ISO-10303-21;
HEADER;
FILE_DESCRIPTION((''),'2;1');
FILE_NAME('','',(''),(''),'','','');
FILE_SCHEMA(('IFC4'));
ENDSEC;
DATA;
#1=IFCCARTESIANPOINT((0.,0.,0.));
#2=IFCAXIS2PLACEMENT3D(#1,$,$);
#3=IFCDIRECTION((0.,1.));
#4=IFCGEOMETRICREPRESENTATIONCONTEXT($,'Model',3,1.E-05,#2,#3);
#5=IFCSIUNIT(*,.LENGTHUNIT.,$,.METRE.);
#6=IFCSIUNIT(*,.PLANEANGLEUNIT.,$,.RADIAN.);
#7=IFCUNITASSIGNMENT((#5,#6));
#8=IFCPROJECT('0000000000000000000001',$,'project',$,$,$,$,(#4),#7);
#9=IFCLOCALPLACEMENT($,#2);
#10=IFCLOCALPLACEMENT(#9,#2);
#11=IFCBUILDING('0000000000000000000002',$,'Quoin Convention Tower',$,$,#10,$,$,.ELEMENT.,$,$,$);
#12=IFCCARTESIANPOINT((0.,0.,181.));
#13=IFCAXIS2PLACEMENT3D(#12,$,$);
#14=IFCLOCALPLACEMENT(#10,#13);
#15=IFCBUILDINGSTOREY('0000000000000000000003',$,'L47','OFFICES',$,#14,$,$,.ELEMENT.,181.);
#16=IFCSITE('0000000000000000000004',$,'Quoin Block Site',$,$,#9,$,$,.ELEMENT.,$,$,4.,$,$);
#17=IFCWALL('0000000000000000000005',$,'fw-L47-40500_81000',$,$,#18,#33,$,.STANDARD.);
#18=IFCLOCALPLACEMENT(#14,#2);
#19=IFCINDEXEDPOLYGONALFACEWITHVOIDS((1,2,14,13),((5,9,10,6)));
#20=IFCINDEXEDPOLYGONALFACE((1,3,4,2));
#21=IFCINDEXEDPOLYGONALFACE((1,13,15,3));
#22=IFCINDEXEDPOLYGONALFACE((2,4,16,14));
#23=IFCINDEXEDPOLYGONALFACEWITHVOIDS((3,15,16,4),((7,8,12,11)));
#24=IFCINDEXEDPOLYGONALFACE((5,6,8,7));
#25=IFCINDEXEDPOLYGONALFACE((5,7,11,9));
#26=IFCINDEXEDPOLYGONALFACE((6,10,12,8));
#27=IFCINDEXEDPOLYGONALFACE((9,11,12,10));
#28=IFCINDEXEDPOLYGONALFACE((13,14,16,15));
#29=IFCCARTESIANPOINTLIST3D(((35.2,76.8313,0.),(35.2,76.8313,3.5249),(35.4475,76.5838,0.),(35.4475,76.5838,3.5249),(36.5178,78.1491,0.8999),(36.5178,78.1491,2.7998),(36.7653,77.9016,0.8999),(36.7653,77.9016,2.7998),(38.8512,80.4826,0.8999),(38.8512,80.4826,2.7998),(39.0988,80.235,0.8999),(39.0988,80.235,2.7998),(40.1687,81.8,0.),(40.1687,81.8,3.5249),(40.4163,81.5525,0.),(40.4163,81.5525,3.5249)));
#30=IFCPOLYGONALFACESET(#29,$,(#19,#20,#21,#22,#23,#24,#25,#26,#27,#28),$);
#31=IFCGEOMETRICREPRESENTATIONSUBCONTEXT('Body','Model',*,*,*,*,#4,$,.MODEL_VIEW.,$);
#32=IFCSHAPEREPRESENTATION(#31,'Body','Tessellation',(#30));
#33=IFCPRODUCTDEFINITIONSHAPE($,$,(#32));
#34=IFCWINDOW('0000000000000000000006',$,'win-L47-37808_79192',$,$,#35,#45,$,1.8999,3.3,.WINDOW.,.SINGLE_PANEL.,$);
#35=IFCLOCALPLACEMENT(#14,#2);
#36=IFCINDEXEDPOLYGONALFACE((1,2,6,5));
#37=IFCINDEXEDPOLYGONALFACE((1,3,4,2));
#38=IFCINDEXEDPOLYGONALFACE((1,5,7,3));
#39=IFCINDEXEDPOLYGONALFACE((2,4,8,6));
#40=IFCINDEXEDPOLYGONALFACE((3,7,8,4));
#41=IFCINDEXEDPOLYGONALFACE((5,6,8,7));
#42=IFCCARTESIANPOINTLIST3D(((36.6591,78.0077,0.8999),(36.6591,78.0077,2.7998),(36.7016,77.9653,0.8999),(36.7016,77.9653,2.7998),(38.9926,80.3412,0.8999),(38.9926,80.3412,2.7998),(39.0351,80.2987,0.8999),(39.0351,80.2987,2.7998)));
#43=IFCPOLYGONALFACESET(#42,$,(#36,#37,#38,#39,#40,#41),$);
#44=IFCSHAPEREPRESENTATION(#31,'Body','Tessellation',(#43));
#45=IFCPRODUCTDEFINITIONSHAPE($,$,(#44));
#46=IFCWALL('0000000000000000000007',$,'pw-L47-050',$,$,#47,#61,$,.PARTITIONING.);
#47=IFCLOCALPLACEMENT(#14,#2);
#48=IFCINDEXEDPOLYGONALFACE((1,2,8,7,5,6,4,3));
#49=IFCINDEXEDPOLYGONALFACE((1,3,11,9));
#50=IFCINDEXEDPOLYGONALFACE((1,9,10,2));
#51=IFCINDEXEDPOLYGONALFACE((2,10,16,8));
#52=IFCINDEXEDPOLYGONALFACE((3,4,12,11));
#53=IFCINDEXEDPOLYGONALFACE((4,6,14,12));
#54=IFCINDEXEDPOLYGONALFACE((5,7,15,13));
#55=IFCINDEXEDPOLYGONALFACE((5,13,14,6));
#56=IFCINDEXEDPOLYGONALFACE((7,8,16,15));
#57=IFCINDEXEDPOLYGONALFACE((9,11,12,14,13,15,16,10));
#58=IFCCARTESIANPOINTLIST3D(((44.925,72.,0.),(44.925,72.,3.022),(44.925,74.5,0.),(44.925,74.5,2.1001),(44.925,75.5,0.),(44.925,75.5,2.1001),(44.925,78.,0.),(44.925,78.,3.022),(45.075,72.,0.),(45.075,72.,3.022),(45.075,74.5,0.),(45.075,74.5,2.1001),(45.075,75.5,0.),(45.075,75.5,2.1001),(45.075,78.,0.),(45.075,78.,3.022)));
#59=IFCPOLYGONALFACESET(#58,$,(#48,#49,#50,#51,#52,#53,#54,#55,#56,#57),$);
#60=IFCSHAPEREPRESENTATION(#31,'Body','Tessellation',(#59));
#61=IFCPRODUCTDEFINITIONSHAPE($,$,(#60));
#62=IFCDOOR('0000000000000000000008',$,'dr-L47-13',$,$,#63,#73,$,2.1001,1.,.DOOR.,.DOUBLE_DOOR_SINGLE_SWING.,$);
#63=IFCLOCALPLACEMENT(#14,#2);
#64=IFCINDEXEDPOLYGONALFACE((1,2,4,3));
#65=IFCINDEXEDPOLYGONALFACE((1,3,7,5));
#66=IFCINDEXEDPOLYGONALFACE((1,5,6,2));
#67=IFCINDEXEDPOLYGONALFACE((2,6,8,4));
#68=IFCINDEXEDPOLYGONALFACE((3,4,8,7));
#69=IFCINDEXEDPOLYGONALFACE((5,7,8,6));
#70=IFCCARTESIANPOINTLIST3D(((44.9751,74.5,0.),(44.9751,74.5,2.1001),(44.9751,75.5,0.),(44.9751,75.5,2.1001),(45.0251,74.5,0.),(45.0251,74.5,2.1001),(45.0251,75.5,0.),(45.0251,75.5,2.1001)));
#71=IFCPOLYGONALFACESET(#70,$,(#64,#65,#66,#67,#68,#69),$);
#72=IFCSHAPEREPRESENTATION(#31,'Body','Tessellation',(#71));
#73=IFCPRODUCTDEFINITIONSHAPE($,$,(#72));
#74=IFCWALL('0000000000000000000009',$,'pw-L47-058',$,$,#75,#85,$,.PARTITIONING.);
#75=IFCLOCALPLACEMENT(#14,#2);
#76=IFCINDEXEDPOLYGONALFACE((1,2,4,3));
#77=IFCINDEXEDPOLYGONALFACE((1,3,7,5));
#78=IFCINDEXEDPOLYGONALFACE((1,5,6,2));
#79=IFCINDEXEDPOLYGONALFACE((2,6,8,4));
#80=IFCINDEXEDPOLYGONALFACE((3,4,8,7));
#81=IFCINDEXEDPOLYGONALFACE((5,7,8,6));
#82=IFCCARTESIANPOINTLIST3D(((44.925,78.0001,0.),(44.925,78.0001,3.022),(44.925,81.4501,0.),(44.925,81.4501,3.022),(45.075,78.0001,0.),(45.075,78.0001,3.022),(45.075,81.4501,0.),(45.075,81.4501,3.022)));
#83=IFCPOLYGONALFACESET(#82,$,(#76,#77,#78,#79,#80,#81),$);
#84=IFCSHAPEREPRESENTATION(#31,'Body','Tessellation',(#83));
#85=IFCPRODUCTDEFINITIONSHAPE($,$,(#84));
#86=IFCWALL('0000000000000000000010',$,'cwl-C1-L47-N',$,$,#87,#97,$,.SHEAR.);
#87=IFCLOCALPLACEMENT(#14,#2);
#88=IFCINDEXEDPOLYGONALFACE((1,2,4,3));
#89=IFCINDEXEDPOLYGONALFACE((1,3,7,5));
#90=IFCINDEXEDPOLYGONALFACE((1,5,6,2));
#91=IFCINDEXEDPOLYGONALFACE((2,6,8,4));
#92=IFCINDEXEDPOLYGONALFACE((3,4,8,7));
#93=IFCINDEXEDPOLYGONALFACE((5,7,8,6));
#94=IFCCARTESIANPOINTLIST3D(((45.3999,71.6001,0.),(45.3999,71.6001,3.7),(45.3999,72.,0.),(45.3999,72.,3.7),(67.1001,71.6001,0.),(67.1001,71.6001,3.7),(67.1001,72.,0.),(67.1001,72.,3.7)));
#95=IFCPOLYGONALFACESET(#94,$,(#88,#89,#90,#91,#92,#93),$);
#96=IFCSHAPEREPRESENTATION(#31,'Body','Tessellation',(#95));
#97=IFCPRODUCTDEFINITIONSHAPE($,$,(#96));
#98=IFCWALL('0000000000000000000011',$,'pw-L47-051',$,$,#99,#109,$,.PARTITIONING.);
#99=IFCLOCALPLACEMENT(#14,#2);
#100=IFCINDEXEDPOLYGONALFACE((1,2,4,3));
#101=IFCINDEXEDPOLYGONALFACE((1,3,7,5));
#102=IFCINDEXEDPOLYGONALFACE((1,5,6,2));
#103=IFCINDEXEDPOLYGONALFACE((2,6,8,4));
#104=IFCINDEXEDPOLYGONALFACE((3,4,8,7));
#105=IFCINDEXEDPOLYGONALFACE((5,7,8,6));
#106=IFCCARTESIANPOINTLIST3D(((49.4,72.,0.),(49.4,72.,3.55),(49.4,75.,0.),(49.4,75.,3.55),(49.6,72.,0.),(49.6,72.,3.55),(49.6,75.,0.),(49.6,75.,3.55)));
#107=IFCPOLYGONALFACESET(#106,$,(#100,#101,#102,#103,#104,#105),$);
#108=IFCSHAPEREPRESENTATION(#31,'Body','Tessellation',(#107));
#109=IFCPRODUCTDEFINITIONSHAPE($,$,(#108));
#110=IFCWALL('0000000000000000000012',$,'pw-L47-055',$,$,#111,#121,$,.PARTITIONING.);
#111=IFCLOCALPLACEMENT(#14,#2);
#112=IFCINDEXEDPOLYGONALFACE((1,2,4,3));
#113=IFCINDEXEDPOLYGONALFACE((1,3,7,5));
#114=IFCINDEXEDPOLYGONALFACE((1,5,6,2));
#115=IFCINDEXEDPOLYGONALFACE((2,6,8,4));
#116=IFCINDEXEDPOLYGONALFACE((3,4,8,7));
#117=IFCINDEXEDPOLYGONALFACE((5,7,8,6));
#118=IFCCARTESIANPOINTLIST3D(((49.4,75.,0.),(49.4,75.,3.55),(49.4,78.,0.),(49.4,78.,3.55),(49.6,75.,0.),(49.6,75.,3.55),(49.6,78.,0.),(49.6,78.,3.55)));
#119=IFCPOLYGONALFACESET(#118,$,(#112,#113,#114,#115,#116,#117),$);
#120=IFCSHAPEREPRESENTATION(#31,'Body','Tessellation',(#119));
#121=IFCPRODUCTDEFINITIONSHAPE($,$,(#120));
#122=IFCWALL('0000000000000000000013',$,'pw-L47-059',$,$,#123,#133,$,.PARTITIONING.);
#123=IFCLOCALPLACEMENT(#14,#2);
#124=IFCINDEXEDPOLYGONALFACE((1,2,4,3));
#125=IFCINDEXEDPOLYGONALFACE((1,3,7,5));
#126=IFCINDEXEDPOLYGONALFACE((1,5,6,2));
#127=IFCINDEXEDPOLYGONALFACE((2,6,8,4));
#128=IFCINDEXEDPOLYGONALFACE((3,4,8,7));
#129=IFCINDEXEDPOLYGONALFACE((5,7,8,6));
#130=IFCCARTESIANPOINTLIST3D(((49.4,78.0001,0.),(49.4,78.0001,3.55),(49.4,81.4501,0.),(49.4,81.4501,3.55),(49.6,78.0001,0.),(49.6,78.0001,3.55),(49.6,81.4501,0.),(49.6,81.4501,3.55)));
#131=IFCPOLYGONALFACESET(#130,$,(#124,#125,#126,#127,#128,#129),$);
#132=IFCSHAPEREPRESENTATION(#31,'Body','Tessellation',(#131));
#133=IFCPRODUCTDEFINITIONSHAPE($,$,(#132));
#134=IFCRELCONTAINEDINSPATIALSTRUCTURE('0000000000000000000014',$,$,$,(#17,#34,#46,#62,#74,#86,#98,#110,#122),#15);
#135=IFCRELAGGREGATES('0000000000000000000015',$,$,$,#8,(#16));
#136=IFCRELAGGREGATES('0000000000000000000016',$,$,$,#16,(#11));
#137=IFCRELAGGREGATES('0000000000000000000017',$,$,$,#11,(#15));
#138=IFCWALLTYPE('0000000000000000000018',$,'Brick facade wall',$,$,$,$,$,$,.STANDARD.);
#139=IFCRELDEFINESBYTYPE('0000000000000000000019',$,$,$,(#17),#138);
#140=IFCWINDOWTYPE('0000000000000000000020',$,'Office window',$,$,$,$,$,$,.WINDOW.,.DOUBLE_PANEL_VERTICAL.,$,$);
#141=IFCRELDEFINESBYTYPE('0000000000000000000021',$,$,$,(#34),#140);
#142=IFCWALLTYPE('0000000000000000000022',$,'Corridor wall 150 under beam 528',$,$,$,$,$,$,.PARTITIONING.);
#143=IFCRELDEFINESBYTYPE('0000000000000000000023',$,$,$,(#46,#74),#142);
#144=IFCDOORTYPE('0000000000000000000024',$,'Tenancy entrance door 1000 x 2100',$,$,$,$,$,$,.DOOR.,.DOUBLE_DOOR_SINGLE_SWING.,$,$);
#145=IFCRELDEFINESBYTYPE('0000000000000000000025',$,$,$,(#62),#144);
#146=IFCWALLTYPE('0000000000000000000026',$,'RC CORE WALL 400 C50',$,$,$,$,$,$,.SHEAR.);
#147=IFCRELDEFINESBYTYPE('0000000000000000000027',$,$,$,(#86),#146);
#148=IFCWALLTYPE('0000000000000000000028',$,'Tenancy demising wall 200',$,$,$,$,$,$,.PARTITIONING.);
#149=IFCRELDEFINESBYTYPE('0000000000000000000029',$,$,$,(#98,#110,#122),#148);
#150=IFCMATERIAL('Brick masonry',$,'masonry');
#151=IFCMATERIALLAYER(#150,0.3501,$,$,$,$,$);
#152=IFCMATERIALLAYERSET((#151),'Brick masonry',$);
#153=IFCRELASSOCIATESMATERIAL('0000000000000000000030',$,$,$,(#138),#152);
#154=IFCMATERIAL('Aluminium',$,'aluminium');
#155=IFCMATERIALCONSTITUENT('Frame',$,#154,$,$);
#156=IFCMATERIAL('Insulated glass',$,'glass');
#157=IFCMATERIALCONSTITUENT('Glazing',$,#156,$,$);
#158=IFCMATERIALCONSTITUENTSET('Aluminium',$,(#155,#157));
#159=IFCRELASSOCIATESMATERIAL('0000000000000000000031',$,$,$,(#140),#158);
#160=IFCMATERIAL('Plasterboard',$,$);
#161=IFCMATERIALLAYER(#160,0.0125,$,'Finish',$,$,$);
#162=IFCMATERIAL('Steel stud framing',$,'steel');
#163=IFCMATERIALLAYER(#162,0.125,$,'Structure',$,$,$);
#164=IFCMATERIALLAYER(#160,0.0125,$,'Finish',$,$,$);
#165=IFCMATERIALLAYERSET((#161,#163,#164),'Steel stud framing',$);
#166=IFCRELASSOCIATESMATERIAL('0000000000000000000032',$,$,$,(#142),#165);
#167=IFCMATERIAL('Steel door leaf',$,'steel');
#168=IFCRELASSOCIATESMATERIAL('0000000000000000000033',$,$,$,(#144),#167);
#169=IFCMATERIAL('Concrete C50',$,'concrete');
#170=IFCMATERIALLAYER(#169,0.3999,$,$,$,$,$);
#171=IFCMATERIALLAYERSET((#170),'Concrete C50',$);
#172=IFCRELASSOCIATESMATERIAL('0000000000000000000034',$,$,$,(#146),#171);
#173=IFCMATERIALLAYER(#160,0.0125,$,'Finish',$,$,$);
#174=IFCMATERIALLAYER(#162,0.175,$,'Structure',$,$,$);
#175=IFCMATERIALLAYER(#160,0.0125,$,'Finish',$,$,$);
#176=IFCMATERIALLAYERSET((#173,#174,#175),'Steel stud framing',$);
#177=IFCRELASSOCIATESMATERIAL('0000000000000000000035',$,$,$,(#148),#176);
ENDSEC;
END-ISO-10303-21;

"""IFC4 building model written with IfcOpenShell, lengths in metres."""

from ifc_helpers import new_model, si_unit, direction, frame, frame_2d, origin, place, context, subcontext, project, spatial, rectangle, extrude, material, layer, layer_set, constituent, constituent_set, type_object, element, fill, save


model = new_model("IFC4")

# Units and contexts
model_context = context("Model", 3, precision=1e-05, world=origin(), true_north=direction((0.0, 1.0)))
body_context = subcontext(model_context, "Body", "Model", "MODEL_VIEW")
ifc_project = project(units=[si_unit("LENGTHUNIT", "METRE"), si_unit("PLANEANGLEUNIT", "RADIAN")], contexts=[model_context])

# Site, building, storey
site_placement = place(None, origin())
site = spatial("IfcSite", under=ifc_project, at=site_placement, Name="Quoin Block Site", CompositionType="ELEMENT", RefElevation=4.0)
building_placement = place(site_placement, origin())
building = spatial("IfcBuilding", under=site, at=building_placement, Name="Quoin Convention Tower", CompositionType="ELEMENT")
storey_placement = place(building_placement, frame((0.0, 0.0, 181.0)))
storey = spatial("IfcBuildingStorey", under=building, at=storey_placement, Name="L47", Description="OFFICES", CompositionType="ELEMENT", Elevation=181.0)

# Shared definitions
ifc_material_1 = material(Name="Concrete C50", Category="concrete")

# Shared definitions
ifc_material_2 = material(Name="Plasterboard")
ifc_material_3 = material(Name="Steel stud framing", Category="steel")
ifc_material_4 = material(Name="Steel door leaf", Category="steel")

# Wall, opening, window
ifc_material_5 = material(Name="Brick masonry", Category="masonry")
ifc_layer_1 = layer(ifc_material_5, 0.3501)
ifc_layer_set_1 = layer_set([ifc_layer_1], Name="Brick masonry")
wall_type_1 = type_object("IfcWallType", Name="Brick facade wall", PredefinedType="STANDARD", material=ifc_layer_set_1)
wall_1_placement = place(storey_placement, frame((40.2925, 81.6763, 0.0), z_axis=(0.0, 0.0, 1.0), x_axis=(-0.707107, -0.707107, 0.0)))
wall_1 = element("IfcWall", 1, at=wall_1_placement, inside=storey, type_object=wall_type_1, Name="fw-L47-40500_81000", PredefinedType="STANDARD", context=body_context, shape_type="SweptSolid", body=[
    extrude(rectangle(XDim=7.0269, YDim=0.3501, at=frame_2d((3.5134, 0.0))), origin(), (0.0, 0.0, 1.0), 3.5249),
])
opening_1_placement = place(wall_1_placement, frame((1.8633, 0.0, 0.8999)))
opening_1 = element("IfcOpeningElement", 2, at=opening_1_placement, cuts=wall_1, PredefinedType="OPENING", context=body_context, shape_type="SweptSolid", body=[
    extrude(rectangle(XDim=3.3, YDim=1.8999, at=frame_2d((1.6499, 0.95))), frame((0.0, 0.1851, 0.0), z_axis=(0.0, -1.0, 0.0), x_axis=(1.0, 0.0, 0.0)), (0.0, 0.0, 1.0), 0.3701),
])
ifc_material_6 = material(Name="Aluminium", Category="aluminium")
ifc_constituent_1 = constituent(ifc_material_6, Name="Frame")
ifc_material_7 = material(Name="Insulated glass", Category="glass")
ifc_constituent_2 = constituent(ifc_material_7, Name="Glazing")
ifc_constituent_set = constituent_set(constituents=[ifc_constituent_1, ifc_constituent_2], Name="Aluminium")
window_type = type_object("IfcWindowType", Name="Office window", PartitioningType="DOUBLE_PANEL_VERTICAL", PredefinedType="WINDOW", material=ifc_constituent_set)
window_placement = place(opening_1_placement, origin())
window = element("IfcWindow", 3, at=window_placement, inside=storey, type_object=window_type, Name="win-L47-37808_79192", OverallHeight=1.8999, OverallWidth=3.3, PartitioningType="SINGLE_PANEL", PredefinedType="WINDOW", context=body_context, shape_type="SweptSolid", body=[
    extrude(rectangle(XDim=3.3, YDim=1.8999, at=frame_2d((1.6499, 0.95))), frame((0.0, 0.085, 0.0), z_axis=(0.0, -1.0, 0.0), x_axis=(1.0, 0.0, 0.0)), (0.0, 0.0, 1.0), 0.0601),
])
fill(opening_1, window)

# Wall, opening, door
ifc_layer_2 = layer(ifc_material_2, 0.0125, Name="Finish")
ifc_layer_3 = layer(ifc_material_3, 0.125, Name="Structure")
ifc_layer_4 = layer(ifc_material_2, 0.0125, Name="Finish")
ifc_layer_set_2 = layer_set([ifc_layer_2, ifc_layer_3, ifc_layer_4], Name="Steel stud framing")
wall_type_2 = type_object("IfcWallType", Name="Corridor wall 150 under beam 528", PredefinedType="PARTITIONING", material=ifc_layer_set_2)
wall_2_placement = place(storey_placement, frame((45.0, 72.0, 0.0), z_axis=(0.0, 0.0, 1.0), x_axis=(0.0, 1.0, 0.0)))
wall_2 = element("IfcWall", 4, at=wall_2_placement, inside=storey, type_object=wall_type_2, Name="pw-L47-050", PredefinedType="PARTITIONING", context=body_context, shape_type="SweptSolid", body=[
    extrude(rectangle(XDim=6.0, YDim=0.1499, at=frame_2d((3.0, 0.0))), origin(), (0.0, 0.0, 1.0), 3.022),
])
opening_2_placement = place(wall_2_placement, frame((2.5, 0.0, 0.0)))
opening_2 = element("IfcOpeningElement", 5, at=opening_2_placement, cuts=wall_2, PredefinedType="OPENING", context=body_context, shape_type="SweptSolid", body=[
    extrude(rectangle(XDim=1.0, YDim=2.1001, at=frame_2d((0.5, 1.05))), frame((0.0, 0.085, 0.0), z_axis=(0.0, -1.0, 0.0), x_axis=(1.0, 0.0, 0.0)), (0.0, 0.0, 1.0), 0.1699),
])
door_type_1 = type_object("IfcDoorType", Name="Tenancy entrance door 1000 x 2100", OperationType="DOUBLE_DOOR_SINGLE_SWING", PredefinedType="DOOR", material=ifc_material_4)
door_1_placement = place(opening_2_placement, origin())
door_1 = element("IfcDoor", 6, at=door_1_placement, inside=storey, type_object=door_type_1, Name="dr-L47-13", OperationType="DOUBLE_DOOR_SINGLE_SWING", OverallHeight=2.1001, OverallWidth=1.0, PredefinedType="DOOR", context=body_context, shape_type="SweptSolid", body=[
    extrude(rectangle(XDim=1.0, YDim=2.1001, at=frame_2d((0.5, 1.05))), frame((0.0, 0.0249, 0.0), z_axis=(0.0, -1.0, 0.0), x_axis=(1.0, 0.0, 0.0)), (0.0, 0.0, 1.0), 0.05),
])
fill(opening_2, door_1)

# Walls
wall_3_placement = place(storey_placement, frame((45.0, 78.0, 0.0), z_axis=(0.0, 0.0, 1.0), x_axis=(0.0, 1.0, 0.0)))
element("IfcWall", 7, at=wall_3_placement, inside=storey, type_object=wall_type_2, Name="pw-L47-058", PredefinedType="PARTITIONING", context=body_context, shape_type="SweptSolid", body=[
    extrude(rectangle(XDim=3.45, YDim=0.1499, at=frame_2d((1.7251, 0.0))), origin(), (0.0, 0.0, 1.0), 3.022),
])
ifc_layer_5 = layer(ifc_material_1, 0.3999)
ifc_layer_set_3 = layer_set([ifc_layer_5], Name="Concrete C50")
wall_type_3 = type_object("IfcWallType", Name="RC CORE WALL 400 C50", PredefinedType="SHEAR", material=ifc_layer_set_3)
wall_4_placement = place(storey_placement, frame((45.3999, 71.8, 0.0), z_axis=(0.0, 0.0, 1.0), x_axis=(1.0, 0.0, 0.0)))
element("IfcWall", 8, at=wall_4_placement, inside=storey, type_object=wall_type_3, Name="cwl-C1-L47-N", PredefinedType="SHEAR", context=body_context, shape_type="SweptSolid", body=[
    extrude(rectangle(XDim=21.7002, YDim=0.3999, at=frame_2d((10.8501, 0.0))), origin(), (0.0, 0.0, 1.0), 3.7),
])
ifc_layer_6 = layer(ifc_material_2, 0.0125, Name="Finish")
ifc_layer_7 = layer(ifc_material_3, 0.175, Name="Structure")
ifc_layer_8 = layer(ifc_material_2, 0.0125, Name="Finish")
ifc_layer_set_4 = layer_set([ifc_layer_6, ifc_layer_7, ifc_layer_8], Name="Steel stud framing")
wall_type_4 = type_object("IfcWallType", Name="Tenancy demising wall 200", PredefinedType="PARTITIONING", material=ifc_layer_set_4)
for number, where, z_axis, x_axis, name in (
    (9, (49.5, 72.0, 0.0), (0.0, 0.0, 1.0), (0.0, 1.0, 0.0), "pw-L47-051"),
    (10, (49.5, 75.0, 0.0), (0.0, 0.0, 1.0), (0.0, 1.0, 0.0), "pw-L47-055"),
):
    element("IfcWall", number, at=place(storey_placement, frame(where, z_axis=z_axis, x_axis=x_axis)), inside=storey, type_object=wall_type_4, Name=name, PredefinedType="PARTITIONING", context=body_context, shape_type="SweptSolid", body=[
        extrude(rectangle(XDim=3.0, YDim=0.2, at=frame_2d((1.5, 0.0))), origin(), (0.0, 0.0, 1.0), 3.55),
    ])
wall_5_placement = place(storey_placement, frame((49.5, 78.0, 0.0), z_axis=(0.0, 0.0, 1.0), x_axis=(0.0, 1.0, 0.0)))
element("IfcWall", 11, at=wall_5_placement, inside=storey, type_object=wall_type_4, Name="pw-L47-059", PredefinedType="PARTITIONING", context=body_context, shape_type="SweptSolid", body=[
    extrude(rectangle(XDim=3.45, YDim=0.2, at=frame_2d((1.7251, 0.0))), origin(), (0.0, 0.0, 1.0), 3.55),
])

save(model, "model.ifc")
